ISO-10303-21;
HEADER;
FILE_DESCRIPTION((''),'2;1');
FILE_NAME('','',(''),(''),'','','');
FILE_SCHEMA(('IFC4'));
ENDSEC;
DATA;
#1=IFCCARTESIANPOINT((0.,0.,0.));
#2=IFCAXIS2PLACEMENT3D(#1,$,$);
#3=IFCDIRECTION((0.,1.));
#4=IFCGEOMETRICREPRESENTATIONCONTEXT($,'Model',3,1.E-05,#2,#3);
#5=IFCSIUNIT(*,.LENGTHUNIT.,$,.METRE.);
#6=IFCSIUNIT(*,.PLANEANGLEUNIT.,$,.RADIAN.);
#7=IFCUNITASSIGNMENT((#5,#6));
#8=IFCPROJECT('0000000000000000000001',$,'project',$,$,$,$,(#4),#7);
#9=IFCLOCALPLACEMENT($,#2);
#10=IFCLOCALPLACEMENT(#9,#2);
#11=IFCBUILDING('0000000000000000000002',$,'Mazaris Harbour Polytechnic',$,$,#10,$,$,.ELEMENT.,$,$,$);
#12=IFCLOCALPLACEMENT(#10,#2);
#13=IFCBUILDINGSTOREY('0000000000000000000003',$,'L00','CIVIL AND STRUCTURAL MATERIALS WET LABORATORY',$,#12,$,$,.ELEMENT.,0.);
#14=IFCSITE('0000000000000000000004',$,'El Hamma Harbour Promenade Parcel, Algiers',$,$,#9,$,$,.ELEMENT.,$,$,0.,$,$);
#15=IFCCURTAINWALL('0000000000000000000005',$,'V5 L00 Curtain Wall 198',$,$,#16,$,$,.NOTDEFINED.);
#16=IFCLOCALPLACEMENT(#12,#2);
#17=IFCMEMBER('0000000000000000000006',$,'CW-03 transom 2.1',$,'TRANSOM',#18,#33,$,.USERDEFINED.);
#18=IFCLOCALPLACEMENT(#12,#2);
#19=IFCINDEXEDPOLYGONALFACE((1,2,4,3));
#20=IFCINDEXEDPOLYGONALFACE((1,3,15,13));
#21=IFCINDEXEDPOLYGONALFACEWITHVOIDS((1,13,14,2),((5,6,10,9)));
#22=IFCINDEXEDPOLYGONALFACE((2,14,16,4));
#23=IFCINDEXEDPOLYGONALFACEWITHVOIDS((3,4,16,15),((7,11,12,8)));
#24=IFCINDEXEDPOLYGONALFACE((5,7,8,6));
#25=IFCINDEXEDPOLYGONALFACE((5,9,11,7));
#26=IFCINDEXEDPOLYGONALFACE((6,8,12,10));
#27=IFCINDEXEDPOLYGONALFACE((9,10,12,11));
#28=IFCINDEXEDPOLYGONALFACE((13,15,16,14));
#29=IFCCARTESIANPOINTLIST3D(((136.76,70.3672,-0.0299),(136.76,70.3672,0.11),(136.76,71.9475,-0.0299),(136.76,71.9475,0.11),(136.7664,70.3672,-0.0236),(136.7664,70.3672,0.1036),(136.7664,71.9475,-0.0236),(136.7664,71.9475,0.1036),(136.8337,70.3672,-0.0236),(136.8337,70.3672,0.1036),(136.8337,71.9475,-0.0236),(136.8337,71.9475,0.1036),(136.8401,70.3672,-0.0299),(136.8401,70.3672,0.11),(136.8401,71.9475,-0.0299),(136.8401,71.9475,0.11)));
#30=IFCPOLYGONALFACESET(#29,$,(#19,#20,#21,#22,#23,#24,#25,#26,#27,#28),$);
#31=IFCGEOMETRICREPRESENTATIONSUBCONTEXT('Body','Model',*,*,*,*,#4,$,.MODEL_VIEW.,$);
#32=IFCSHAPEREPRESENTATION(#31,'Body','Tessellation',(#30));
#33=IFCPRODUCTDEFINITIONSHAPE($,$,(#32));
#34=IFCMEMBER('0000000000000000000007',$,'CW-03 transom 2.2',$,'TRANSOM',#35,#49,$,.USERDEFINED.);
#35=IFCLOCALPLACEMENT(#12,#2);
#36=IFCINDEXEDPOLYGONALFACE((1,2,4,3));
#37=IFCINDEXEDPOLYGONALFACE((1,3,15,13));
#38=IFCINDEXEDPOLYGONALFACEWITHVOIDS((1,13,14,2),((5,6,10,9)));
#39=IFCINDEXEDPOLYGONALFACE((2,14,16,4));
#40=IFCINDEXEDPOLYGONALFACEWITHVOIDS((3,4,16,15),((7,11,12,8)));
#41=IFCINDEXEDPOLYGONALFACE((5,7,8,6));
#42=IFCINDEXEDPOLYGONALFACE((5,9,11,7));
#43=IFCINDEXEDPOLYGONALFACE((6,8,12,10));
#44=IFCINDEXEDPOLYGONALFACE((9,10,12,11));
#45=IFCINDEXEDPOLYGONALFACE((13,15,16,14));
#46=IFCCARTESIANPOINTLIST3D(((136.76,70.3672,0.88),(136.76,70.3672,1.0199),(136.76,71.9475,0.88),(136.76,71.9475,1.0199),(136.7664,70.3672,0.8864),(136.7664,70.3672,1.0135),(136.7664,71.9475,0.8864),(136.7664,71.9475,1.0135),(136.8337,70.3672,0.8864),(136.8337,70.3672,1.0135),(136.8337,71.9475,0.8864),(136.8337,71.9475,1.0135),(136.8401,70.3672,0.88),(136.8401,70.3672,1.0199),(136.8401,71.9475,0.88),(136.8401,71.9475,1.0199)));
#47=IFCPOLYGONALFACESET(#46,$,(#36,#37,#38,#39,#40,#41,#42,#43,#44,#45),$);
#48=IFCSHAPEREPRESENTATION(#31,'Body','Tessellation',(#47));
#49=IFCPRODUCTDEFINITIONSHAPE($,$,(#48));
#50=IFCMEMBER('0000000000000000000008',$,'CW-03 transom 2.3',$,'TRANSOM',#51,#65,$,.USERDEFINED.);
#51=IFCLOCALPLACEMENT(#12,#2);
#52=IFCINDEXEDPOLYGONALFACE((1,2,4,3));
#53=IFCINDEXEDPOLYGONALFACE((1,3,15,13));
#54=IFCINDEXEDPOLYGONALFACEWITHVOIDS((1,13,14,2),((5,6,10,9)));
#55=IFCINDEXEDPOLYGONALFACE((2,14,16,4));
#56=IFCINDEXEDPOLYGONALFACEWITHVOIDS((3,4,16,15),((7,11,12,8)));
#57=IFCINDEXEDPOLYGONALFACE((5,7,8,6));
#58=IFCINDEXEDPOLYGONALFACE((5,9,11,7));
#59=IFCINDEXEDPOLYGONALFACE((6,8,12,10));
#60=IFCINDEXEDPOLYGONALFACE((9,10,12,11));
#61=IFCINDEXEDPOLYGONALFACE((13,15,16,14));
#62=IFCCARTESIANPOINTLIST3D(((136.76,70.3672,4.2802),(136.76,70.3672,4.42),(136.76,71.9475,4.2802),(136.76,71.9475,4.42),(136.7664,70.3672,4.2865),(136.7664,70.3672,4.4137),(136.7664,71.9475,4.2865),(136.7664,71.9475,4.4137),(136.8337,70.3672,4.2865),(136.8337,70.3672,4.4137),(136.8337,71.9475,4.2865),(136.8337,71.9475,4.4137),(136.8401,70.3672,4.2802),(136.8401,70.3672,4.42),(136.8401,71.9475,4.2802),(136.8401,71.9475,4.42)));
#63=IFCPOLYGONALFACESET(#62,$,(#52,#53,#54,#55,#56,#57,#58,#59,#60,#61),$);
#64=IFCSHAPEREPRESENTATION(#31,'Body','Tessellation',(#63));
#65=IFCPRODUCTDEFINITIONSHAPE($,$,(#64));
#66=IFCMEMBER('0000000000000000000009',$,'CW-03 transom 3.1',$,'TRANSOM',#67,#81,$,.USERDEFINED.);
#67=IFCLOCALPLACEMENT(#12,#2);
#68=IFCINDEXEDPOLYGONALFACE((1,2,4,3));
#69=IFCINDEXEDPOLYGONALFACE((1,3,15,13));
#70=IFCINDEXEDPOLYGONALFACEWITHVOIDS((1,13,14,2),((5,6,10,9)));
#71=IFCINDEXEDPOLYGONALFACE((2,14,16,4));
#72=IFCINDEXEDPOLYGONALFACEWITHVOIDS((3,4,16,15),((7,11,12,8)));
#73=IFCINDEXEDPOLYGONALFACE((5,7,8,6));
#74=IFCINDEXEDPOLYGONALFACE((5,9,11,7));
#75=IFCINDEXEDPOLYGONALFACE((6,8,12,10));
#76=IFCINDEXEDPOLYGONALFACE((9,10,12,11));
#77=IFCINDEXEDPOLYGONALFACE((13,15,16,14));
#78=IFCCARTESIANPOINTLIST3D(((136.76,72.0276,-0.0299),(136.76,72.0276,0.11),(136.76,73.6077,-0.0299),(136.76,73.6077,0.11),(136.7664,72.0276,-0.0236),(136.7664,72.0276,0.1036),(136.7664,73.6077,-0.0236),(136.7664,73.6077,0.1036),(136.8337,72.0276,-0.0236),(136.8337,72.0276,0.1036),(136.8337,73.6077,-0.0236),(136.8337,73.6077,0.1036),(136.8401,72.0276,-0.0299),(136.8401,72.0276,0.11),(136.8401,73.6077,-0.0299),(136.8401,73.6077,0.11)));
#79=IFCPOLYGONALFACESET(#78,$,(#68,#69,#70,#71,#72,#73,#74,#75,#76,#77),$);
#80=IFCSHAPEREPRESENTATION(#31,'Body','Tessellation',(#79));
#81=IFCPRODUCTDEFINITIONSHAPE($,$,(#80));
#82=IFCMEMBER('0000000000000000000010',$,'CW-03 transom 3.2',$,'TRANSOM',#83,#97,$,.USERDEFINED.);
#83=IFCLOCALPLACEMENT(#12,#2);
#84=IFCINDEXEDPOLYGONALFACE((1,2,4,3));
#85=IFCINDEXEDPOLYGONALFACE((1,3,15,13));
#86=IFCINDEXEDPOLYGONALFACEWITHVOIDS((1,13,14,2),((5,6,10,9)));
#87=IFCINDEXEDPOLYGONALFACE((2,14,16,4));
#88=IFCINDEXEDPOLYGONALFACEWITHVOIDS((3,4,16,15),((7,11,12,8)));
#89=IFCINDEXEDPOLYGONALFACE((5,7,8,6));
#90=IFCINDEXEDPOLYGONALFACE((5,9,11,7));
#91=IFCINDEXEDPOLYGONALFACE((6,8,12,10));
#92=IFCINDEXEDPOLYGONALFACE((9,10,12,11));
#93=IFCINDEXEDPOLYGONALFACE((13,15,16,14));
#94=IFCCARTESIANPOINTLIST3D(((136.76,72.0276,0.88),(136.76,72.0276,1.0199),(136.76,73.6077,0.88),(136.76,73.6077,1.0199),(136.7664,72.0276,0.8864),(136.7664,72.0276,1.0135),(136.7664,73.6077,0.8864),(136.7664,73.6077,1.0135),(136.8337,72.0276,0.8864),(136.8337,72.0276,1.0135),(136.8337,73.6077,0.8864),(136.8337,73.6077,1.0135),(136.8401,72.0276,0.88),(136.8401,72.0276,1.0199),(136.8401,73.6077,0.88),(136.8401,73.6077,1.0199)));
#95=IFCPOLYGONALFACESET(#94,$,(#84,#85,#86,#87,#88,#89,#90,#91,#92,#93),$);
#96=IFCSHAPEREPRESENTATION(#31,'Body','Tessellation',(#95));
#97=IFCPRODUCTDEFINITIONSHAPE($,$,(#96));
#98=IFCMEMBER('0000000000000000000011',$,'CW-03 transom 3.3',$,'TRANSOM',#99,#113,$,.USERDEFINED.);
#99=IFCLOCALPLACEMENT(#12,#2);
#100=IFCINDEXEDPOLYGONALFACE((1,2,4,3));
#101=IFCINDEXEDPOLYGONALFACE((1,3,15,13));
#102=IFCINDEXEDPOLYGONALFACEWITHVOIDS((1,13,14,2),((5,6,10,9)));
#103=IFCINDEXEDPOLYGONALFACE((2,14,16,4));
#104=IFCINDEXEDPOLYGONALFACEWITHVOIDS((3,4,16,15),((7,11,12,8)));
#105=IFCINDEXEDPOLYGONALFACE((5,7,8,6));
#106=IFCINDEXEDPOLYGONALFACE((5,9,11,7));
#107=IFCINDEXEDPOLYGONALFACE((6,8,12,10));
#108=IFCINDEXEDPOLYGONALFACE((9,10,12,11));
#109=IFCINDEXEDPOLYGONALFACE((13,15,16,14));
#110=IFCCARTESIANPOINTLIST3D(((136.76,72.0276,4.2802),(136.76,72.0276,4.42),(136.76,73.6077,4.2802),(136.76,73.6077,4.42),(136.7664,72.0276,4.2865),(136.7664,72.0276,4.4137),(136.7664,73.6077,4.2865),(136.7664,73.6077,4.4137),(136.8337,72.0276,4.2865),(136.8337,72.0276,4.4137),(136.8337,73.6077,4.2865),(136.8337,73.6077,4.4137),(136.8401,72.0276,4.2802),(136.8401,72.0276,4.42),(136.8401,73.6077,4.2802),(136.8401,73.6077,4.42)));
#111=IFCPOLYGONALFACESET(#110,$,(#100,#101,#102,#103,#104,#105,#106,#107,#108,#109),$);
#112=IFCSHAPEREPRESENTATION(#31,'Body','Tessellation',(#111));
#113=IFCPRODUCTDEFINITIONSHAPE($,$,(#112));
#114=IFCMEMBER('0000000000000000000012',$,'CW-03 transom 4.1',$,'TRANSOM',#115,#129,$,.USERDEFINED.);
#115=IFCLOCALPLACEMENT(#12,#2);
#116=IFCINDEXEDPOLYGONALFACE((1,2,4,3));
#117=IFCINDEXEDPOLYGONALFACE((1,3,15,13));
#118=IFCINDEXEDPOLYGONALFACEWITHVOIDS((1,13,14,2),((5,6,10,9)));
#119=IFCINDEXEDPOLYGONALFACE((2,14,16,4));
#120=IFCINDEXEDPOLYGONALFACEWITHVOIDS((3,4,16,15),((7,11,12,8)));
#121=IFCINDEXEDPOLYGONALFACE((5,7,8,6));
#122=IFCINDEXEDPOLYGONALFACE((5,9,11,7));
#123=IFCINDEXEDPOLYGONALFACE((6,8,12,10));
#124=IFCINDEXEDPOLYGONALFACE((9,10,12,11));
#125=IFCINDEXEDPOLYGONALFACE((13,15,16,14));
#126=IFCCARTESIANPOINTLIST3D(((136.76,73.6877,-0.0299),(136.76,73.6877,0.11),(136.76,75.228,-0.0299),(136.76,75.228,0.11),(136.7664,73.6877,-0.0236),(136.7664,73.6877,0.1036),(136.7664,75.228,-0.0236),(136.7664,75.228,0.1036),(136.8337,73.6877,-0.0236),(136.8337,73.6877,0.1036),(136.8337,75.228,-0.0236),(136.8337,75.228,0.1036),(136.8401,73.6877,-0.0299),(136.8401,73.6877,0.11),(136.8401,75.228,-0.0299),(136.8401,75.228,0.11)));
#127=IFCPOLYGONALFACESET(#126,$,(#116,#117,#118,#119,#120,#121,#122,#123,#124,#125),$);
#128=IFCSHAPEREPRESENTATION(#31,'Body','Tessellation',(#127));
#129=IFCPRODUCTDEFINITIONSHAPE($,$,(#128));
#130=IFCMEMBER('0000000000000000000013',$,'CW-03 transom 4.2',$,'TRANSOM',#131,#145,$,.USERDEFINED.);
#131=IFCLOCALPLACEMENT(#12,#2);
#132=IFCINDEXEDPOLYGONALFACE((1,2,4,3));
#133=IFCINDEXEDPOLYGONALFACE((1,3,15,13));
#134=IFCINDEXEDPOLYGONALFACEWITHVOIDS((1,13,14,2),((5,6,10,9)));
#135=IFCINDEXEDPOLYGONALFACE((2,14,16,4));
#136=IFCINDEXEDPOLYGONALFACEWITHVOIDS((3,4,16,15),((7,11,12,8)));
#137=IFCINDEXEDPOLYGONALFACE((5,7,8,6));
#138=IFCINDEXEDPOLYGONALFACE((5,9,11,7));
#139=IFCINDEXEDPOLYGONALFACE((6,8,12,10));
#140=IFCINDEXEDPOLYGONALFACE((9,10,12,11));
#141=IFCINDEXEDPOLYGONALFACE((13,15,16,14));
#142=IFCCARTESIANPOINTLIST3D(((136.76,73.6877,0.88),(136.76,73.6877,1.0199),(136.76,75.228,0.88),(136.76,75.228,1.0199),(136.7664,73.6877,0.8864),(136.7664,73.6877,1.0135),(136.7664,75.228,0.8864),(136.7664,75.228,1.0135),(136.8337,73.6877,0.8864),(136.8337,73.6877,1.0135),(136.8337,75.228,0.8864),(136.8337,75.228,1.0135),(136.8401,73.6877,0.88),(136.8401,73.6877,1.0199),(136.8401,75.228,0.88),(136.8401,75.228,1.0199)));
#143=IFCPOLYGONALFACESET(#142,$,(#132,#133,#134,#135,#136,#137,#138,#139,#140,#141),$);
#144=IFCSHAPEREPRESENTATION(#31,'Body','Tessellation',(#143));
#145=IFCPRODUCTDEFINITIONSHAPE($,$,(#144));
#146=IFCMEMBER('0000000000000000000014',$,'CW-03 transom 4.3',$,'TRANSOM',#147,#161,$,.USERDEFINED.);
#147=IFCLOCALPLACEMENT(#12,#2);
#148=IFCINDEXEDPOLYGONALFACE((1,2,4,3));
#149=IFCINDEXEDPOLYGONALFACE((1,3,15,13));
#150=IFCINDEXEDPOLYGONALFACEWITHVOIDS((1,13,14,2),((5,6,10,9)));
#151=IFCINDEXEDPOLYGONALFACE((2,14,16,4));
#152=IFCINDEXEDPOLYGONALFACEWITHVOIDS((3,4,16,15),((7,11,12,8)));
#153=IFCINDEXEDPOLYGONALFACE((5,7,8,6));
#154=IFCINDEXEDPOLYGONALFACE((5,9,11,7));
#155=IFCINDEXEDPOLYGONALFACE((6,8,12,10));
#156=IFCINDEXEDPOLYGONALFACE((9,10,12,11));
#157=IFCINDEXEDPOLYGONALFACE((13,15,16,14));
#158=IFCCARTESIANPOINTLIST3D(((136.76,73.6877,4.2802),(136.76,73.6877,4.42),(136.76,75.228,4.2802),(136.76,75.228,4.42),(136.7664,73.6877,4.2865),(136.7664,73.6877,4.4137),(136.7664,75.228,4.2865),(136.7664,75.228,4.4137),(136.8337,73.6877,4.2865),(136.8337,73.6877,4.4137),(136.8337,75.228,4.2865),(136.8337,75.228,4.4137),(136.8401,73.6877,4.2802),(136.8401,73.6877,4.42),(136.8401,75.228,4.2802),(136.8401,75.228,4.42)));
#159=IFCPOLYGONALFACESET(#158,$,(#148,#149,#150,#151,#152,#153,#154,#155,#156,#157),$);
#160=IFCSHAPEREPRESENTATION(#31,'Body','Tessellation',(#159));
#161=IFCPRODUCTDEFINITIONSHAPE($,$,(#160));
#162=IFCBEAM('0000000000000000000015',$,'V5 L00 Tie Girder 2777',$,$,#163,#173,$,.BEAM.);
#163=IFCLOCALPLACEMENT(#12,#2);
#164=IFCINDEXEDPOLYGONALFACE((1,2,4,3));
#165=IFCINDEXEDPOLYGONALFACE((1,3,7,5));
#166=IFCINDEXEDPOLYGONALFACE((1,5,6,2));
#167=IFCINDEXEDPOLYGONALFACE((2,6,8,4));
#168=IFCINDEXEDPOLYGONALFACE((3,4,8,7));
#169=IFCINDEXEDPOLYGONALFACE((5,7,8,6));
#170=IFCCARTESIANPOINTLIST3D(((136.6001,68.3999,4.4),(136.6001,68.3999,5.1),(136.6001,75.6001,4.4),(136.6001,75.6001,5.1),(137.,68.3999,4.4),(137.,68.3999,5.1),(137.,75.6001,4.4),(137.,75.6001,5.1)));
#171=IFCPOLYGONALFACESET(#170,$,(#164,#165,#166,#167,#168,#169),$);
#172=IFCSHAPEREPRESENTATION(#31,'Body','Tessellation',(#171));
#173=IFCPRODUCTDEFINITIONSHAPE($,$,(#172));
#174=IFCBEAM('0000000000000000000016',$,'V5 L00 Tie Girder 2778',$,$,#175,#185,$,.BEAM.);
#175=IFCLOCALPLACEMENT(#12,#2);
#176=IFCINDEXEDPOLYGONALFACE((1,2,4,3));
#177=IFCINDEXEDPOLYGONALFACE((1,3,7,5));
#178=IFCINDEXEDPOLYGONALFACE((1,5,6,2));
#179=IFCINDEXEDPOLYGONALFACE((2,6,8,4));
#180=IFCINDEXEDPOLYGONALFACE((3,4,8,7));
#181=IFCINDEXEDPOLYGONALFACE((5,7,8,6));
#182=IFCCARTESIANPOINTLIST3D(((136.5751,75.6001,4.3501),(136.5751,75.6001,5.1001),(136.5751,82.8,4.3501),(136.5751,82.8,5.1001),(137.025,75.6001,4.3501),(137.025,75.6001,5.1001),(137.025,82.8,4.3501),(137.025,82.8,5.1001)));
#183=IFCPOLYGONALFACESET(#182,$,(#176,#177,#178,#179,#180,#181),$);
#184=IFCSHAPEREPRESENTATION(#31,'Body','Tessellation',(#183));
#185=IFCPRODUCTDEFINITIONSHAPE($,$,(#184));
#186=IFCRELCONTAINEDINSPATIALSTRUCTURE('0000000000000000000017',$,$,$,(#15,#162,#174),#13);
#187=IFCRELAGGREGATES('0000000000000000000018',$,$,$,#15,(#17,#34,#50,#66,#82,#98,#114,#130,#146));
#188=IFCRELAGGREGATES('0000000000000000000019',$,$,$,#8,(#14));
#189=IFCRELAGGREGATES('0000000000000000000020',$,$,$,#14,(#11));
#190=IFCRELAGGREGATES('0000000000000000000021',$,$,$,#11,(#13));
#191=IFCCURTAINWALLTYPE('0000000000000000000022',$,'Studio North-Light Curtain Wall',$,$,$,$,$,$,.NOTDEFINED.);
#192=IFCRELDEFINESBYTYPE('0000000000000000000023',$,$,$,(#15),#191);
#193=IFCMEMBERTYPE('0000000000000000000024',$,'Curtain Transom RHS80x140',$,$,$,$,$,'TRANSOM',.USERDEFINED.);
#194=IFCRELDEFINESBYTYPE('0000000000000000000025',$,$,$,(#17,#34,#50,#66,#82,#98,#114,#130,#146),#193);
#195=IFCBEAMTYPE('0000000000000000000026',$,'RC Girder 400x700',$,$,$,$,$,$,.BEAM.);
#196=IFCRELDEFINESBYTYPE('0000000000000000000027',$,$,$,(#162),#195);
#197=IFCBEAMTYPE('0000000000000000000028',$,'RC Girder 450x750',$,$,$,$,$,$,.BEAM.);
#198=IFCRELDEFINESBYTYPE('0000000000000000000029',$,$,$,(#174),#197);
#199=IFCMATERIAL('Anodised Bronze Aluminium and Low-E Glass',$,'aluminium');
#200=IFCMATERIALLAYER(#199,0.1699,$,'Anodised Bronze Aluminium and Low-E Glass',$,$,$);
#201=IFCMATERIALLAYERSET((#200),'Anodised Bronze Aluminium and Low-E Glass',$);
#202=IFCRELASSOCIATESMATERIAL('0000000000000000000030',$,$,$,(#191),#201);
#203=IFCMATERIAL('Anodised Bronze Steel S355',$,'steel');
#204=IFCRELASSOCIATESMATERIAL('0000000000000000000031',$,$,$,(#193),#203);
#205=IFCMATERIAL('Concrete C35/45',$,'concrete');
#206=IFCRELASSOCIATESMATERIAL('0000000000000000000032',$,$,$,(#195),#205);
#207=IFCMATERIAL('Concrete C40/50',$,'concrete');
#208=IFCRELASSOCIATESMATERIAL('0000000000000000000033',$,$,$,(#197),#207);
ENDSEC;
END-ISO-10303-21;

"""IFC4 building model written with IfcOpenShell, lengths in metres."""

from ifc_helpers import new_model, si_unit, direction, frame, origin, origin_2d, place, context, subcontext, project, spatial, rectangle, hollow_rectangle, extrude, material, layer, layer_set, material_profile, profile_set, type_object, element, aggregate, save


model = new_model("IFC4")

# Units and contexts
model_context = context("Model", 3, precision=1e-05, world=origin(), true_north=direction((0.0, 1.0)))
body_context = subcontext(model_context, "Body", "Model", "MODEL_VIEW")
ifc_project = project(units=[si_unit("LENGTHUNIT", "METRE"), si_unit("PLANEANGLEUNIT", "RADIAN")], contexts=[model_context])

# Site, building, storey
site_placement = place(None, origin())
site = spatial("IfcSite", under=ifc_project, at=site_placement, Name="El Hamma Harbour Promenade Parcel, Algiers", CompositionType="ELEMENT", RefElevation=0.0)
building_placement = place(site_placement, origin())
building = spatial("IfcBuilding", under=site, at=building_placement, Name="Mazaris Harbour Polytechnic", CompositionType="ELEMENT")
storey_placement = place(building_placement, origin())
storey = spatial("IfcBuildingStorey", under=building, at=storey_placement, Name="L00", Description="CIVIL AND STRUCTURAL MATERIALS WET LABORATORY", CompositionType="ELEMENT", Elevation=0.0)

# Shared definitions
ifc_material_1 = material(Name="Anodised Bronze Aluminium and Low-E Glass", Category="aluminium")
ifc_layer_1 = layer(ifc_material_1, 0.1699, Name="Anodised Bronze Aluminium and Low-E Glass")
ifc_layer_set_1 = layer_set([ifc_layer_1], Name="Anodised Bronze Aluminium and Low-E Glass")
curtain_wall_type = type_object("IfcCurtainWallType", Name="Studio North-Light Curtain Wall", PredefinedType="NOTDEFINED", material=ifc_layer_set_1)

# Curtain wall, members
curtain_wall_1_placement = place(storey_placement, origin())
curtain_wall_1 = element("IfcCurtainWall", 1, at=curtain_wall_1_placement, inside=storey, type_object=curtain_wall_type, Name="V5 L00 Curtain Wall 198", PredefinedType="NOTDEFINED")
ifc_material_2 = material(Name="Anodised Bronze Steel S355", Category="steel")
ifc_material_profile_1 = material_profile(ifc_material_2, hollow_rectangle(XDim=0.0801, YDim=0.1399, WallThickness=0.0063, at=origin_2d()), Name="RHS 80x140x6.3")
ifc_profile_set_1 = profile_set([ifc_material_profile_1], Name="Anodised Bronze Steel S355")
member_type_1 = type_object("IfcMemberType", Name="Curtain Transom RHS80x140", ElementType="TRANSOM", PredefinedType="USERDEFINED", material=ifc_profile_set_1)
member_1_placement = place(storey_placement, frame((136.8, 70.3672, 0.04), z_axis=(0.0, 1.0, 0.0), x_axis=(-1.0, 0.0, 0.0)))
member_1 = element("IfcMember", 2, at=member_1_placement, type_object=member_type_1, Name="CW-03 transom 2.1", ObjectType="TRANSOM", PredefinedType="USERDEFINED", context=body_context, shape_type="SweptSolid", body=[
    extrude(hollow_rectangle(XDim=0.0801, YDim=0.1399, WallThickness=0.0063, at=origin_2d()), origin(), (0.0, 0.0, 1.0), 1.5803),
])
member_2_placement = place(storey_placement, frame((136.8, 70.3672, 0.95), z_axis=(0.0, 1.0, 0.0), x_axis=(-1.0, 0.0, 0.0)))
member_2 = element("IfcMember", 3, at=member_2_placement, type_object=member_type_1, Name="CW-03 transom 2.2", ObjectType="TRANSOM", PredefinedType="USERDEFINED", context=body_context, shape_type="SweptSolid", body=[
    extrude(hollow_rectangle(XDim=0.0801, YDim=0.1399, WallThickness=0.0063, at=origin_2d()), origin(), (0.0, 0.0, 1.0), 1.5803),
])
member_3_placement = place(storey_placement, frame((136.8, 70.3672, 4.3501), z_axis=(0.0, 1.0, 0.0), x_axis=(-1.0, 0.0, 0.0)))
member_3 = element("IfcMember", 4, at=member_3_placement, type_object=member_type_1, Name="CW-03 transom 2.3", ObjectType="TRANSOM", PredefinedType="USERDEFINED", context=body_context, shape_type="SweptSolid", body=[
    extrude(hollow_rectangle(XDim=0.0801, YDim=0.1399, WallThickness=0.0063, at=origin_2d()), origin(), (0.0, 0.0, 1.0), 1.5803),
])
member_4_placement = place(storey_placement, frame((136.8, 72.0276, 0.04), z_axis=(0.0, 1.0, 0.0), x_axis=(-1.0, 0.0, 0.0)))
member_4 = element("IfcMember", 5, at=member_4_placement, type_object=member_type_1, Name="CW-03 transom 3.1", ObjectType="TRANSOM", PredefinedType="USERDEFINED", context=body_context, shape_type="SweptSolid", body=[
    extrude(hollow_rectangle(XDim=0.0801, YDim=0.1399, WallThickness=0.0063, at=origin_2d()), origin(), (0.0, 0.0, 1.0), 1.5801),
])
member_5_placement = place(storey_placement, frame((136.8, 72.0276, 0.95), z_axis=(0.0, 1.0, 0.0), x_axis=(-1.0, 0.0, 0.0)))
member_5 = element("IfcMember", 6, at=member_5_placement, type_object=member_type_1, Name="CW-03 transom 3.2", ObjectType="TRANSOM", PredefinedType="USERDEFINED", context=body_context, shape_type="SweptSolid", body=[
    extrude(hollow_rectangle(XDim=0.0801, YDim=0.1399, WallThickness=0.0063, at=origin_2d()), origin(), (0.0, 0.0, 1.0), 1.5801),
])
member_6_placement = place(storey_placement, frame((136.8, 72.0276, 4.3501), z_axis=(0.0, 1.0, 0.0), x_axis=(-1.0, 0.0, 0.0)))
member_6 = element("IfcMember", 7, at=member_6_placement, type_object=member_type_1, Name="CW-03 transom 3.3", ObjectType="TRANSOM", PredefinedType="USERDEFINED", context=body_context, shape_type="SweptSolid", body=[
    extrude(hollow_rectangle(XDim=0.0801, YDim=0.1399, WallThickness=0.0063, at=origin_2d()), origin(), (0.0, 0.0, 1.0), 1.5801),
])
member_7_placement = place(storey_placement, frame((136.8, 73.6877, 0.04), z_axis=(0.0, 1.0, 0.0), x_axis=(-1.0, 0.0, 0.0)))
member_7 = element("IfcMember", 8, at=member_7_placement, type_object=member_type_1, Name="CW-03 transom 4.1", ObjectType="TRANSOM", PredefinedType="USERDEFINED", context=body_context, shape_type="SweptSolid", body=[
    extrude(hollow_rectangle(XDim=0.0801, YDim=0.1399, WallThickness=0.0063, at=origin_2d()), origin(), (0.0, 0.0, 1.0), 1.5403),
])
member_8_placement = place(storey_placement, frame((136.8, 73.6877, 0.95), z_axis=(0.0, 1.0, 0.0), x_axis=(-1.0, 0.0, 0.0)))
member_8 = element("IfcMember", 9, at=member_8_placement, type_object=member_type_1, Name="CW-03 transom 4.2", ObjectType="TRANSOM", PredefinedType="USERDEFINED", context=body_context, shape_type="SweptSolid", body=[
    extrude(hollow_rectangle(XDim=0.0801, YDim=0.1399, WallThickness=0.0063, at=origin_2d()), origin(), (0.0, 0.0, 1.0), 1.5403),
])
member_9_placement = place(storey_placement, frame((136.8, 73.6877, 4.3501), z_axis=(0.0, 1.0, 0.0), x_axis=(-1.0, 0.0, 0.0)))
member_9 = element("IfcMember", 10, at=member_9_placement, type_object=member_type_1, Name="CW-03 transom 4.3", ObjectType="TRANSOM", PredefinedType="USERDEFINED", context=body_context, shape_type="SweptSolid", body=[
    extrude(hollow_rectangle(XDim=0.0801, YDim=0.1399, WallThickness=0.0063, at=origin_2d()), origin(), (0.0, 0.0, 1.0), 1.5403),
])

# Beams
ifc_material_3 = material(Name="Concrete C35/45", Category="concrete")
ifc_material_profile_2 = material_profile(ifc_material_3, rectangle(XDim=0.3999, YDim=0.7, at=origin_2d()), Name="RECT400x700")
ifc_profile_set_2 = profile_set([ifc_material_profile_2], Name="Concrete C35/45")
beam_type_1 = type_object("IfcBeamType", Name="RC Girder 400x700", PredefinedType="BEAM", material=ifc_profile_set_2)
beam_1_placement = place(storey_placement, frame((136.8, 68.3999, 4.75), z_axis=(0.0, 1.0, 0.0), x_axis=(-1.0, 0.0, 0.0)))
element("IfcBeam", 11, at=beam_1_placement, inside=storey, type_object=beam_type_1, Name="V5 L00 Tie Girder 2777", PredefinedType="BEAM", context=body_context, shape_type="SweptSolid", body=[
    extrude(rectangle(XDim=0.3999, YDim=0.7, at=origin_2d()), origin(), (0.0, 0.0, 1.0), 7.2002),
])
ifc_material_4 = material(Name="Concrete C40/50", Category="concrete")
ifc_material_profile_3 = material_profile(ifc_material_4, rectangle(XDim=0.45, YDim=0.75, at=origin_2d()), Name="RECT450x750")
ifc_profile_set_3 = profile_set([ifc_material_profile_3], Name="Concrete C40/50")
beam_type_2 = type_object("IfcBeamType", Name="RC Girder 450x750", PredefinedType="BEAM", material=ifc_profile_set_3)
beam_2_placement = place(storey_placement, frame((136.8, 75.6001, 4.7251), z_axis=(0.0, 1.0, 0.0), x_axis=(-1.0, 0.0, 0.0)))
element("IfcBeam", 12, at=beam_2_placement, inside=storey, type_object=beam_type_2, Name="V5 L00 Tie Girder 2778", PredefinedType="BEAM", context=body_context, shape_type="SweptSolid", body=[
    extrude(rectangle(XDim=0.45, YDim=0.75, at=origin_2d()), origin(), (0.0, 0.0, 1.0), 7.2),
])

aggregate(curtain_wall_1, [member_1, member_2, member_3, member_4, member_5, member_6, member_7, member_8, member_9])

save(model, "model.ifc")
